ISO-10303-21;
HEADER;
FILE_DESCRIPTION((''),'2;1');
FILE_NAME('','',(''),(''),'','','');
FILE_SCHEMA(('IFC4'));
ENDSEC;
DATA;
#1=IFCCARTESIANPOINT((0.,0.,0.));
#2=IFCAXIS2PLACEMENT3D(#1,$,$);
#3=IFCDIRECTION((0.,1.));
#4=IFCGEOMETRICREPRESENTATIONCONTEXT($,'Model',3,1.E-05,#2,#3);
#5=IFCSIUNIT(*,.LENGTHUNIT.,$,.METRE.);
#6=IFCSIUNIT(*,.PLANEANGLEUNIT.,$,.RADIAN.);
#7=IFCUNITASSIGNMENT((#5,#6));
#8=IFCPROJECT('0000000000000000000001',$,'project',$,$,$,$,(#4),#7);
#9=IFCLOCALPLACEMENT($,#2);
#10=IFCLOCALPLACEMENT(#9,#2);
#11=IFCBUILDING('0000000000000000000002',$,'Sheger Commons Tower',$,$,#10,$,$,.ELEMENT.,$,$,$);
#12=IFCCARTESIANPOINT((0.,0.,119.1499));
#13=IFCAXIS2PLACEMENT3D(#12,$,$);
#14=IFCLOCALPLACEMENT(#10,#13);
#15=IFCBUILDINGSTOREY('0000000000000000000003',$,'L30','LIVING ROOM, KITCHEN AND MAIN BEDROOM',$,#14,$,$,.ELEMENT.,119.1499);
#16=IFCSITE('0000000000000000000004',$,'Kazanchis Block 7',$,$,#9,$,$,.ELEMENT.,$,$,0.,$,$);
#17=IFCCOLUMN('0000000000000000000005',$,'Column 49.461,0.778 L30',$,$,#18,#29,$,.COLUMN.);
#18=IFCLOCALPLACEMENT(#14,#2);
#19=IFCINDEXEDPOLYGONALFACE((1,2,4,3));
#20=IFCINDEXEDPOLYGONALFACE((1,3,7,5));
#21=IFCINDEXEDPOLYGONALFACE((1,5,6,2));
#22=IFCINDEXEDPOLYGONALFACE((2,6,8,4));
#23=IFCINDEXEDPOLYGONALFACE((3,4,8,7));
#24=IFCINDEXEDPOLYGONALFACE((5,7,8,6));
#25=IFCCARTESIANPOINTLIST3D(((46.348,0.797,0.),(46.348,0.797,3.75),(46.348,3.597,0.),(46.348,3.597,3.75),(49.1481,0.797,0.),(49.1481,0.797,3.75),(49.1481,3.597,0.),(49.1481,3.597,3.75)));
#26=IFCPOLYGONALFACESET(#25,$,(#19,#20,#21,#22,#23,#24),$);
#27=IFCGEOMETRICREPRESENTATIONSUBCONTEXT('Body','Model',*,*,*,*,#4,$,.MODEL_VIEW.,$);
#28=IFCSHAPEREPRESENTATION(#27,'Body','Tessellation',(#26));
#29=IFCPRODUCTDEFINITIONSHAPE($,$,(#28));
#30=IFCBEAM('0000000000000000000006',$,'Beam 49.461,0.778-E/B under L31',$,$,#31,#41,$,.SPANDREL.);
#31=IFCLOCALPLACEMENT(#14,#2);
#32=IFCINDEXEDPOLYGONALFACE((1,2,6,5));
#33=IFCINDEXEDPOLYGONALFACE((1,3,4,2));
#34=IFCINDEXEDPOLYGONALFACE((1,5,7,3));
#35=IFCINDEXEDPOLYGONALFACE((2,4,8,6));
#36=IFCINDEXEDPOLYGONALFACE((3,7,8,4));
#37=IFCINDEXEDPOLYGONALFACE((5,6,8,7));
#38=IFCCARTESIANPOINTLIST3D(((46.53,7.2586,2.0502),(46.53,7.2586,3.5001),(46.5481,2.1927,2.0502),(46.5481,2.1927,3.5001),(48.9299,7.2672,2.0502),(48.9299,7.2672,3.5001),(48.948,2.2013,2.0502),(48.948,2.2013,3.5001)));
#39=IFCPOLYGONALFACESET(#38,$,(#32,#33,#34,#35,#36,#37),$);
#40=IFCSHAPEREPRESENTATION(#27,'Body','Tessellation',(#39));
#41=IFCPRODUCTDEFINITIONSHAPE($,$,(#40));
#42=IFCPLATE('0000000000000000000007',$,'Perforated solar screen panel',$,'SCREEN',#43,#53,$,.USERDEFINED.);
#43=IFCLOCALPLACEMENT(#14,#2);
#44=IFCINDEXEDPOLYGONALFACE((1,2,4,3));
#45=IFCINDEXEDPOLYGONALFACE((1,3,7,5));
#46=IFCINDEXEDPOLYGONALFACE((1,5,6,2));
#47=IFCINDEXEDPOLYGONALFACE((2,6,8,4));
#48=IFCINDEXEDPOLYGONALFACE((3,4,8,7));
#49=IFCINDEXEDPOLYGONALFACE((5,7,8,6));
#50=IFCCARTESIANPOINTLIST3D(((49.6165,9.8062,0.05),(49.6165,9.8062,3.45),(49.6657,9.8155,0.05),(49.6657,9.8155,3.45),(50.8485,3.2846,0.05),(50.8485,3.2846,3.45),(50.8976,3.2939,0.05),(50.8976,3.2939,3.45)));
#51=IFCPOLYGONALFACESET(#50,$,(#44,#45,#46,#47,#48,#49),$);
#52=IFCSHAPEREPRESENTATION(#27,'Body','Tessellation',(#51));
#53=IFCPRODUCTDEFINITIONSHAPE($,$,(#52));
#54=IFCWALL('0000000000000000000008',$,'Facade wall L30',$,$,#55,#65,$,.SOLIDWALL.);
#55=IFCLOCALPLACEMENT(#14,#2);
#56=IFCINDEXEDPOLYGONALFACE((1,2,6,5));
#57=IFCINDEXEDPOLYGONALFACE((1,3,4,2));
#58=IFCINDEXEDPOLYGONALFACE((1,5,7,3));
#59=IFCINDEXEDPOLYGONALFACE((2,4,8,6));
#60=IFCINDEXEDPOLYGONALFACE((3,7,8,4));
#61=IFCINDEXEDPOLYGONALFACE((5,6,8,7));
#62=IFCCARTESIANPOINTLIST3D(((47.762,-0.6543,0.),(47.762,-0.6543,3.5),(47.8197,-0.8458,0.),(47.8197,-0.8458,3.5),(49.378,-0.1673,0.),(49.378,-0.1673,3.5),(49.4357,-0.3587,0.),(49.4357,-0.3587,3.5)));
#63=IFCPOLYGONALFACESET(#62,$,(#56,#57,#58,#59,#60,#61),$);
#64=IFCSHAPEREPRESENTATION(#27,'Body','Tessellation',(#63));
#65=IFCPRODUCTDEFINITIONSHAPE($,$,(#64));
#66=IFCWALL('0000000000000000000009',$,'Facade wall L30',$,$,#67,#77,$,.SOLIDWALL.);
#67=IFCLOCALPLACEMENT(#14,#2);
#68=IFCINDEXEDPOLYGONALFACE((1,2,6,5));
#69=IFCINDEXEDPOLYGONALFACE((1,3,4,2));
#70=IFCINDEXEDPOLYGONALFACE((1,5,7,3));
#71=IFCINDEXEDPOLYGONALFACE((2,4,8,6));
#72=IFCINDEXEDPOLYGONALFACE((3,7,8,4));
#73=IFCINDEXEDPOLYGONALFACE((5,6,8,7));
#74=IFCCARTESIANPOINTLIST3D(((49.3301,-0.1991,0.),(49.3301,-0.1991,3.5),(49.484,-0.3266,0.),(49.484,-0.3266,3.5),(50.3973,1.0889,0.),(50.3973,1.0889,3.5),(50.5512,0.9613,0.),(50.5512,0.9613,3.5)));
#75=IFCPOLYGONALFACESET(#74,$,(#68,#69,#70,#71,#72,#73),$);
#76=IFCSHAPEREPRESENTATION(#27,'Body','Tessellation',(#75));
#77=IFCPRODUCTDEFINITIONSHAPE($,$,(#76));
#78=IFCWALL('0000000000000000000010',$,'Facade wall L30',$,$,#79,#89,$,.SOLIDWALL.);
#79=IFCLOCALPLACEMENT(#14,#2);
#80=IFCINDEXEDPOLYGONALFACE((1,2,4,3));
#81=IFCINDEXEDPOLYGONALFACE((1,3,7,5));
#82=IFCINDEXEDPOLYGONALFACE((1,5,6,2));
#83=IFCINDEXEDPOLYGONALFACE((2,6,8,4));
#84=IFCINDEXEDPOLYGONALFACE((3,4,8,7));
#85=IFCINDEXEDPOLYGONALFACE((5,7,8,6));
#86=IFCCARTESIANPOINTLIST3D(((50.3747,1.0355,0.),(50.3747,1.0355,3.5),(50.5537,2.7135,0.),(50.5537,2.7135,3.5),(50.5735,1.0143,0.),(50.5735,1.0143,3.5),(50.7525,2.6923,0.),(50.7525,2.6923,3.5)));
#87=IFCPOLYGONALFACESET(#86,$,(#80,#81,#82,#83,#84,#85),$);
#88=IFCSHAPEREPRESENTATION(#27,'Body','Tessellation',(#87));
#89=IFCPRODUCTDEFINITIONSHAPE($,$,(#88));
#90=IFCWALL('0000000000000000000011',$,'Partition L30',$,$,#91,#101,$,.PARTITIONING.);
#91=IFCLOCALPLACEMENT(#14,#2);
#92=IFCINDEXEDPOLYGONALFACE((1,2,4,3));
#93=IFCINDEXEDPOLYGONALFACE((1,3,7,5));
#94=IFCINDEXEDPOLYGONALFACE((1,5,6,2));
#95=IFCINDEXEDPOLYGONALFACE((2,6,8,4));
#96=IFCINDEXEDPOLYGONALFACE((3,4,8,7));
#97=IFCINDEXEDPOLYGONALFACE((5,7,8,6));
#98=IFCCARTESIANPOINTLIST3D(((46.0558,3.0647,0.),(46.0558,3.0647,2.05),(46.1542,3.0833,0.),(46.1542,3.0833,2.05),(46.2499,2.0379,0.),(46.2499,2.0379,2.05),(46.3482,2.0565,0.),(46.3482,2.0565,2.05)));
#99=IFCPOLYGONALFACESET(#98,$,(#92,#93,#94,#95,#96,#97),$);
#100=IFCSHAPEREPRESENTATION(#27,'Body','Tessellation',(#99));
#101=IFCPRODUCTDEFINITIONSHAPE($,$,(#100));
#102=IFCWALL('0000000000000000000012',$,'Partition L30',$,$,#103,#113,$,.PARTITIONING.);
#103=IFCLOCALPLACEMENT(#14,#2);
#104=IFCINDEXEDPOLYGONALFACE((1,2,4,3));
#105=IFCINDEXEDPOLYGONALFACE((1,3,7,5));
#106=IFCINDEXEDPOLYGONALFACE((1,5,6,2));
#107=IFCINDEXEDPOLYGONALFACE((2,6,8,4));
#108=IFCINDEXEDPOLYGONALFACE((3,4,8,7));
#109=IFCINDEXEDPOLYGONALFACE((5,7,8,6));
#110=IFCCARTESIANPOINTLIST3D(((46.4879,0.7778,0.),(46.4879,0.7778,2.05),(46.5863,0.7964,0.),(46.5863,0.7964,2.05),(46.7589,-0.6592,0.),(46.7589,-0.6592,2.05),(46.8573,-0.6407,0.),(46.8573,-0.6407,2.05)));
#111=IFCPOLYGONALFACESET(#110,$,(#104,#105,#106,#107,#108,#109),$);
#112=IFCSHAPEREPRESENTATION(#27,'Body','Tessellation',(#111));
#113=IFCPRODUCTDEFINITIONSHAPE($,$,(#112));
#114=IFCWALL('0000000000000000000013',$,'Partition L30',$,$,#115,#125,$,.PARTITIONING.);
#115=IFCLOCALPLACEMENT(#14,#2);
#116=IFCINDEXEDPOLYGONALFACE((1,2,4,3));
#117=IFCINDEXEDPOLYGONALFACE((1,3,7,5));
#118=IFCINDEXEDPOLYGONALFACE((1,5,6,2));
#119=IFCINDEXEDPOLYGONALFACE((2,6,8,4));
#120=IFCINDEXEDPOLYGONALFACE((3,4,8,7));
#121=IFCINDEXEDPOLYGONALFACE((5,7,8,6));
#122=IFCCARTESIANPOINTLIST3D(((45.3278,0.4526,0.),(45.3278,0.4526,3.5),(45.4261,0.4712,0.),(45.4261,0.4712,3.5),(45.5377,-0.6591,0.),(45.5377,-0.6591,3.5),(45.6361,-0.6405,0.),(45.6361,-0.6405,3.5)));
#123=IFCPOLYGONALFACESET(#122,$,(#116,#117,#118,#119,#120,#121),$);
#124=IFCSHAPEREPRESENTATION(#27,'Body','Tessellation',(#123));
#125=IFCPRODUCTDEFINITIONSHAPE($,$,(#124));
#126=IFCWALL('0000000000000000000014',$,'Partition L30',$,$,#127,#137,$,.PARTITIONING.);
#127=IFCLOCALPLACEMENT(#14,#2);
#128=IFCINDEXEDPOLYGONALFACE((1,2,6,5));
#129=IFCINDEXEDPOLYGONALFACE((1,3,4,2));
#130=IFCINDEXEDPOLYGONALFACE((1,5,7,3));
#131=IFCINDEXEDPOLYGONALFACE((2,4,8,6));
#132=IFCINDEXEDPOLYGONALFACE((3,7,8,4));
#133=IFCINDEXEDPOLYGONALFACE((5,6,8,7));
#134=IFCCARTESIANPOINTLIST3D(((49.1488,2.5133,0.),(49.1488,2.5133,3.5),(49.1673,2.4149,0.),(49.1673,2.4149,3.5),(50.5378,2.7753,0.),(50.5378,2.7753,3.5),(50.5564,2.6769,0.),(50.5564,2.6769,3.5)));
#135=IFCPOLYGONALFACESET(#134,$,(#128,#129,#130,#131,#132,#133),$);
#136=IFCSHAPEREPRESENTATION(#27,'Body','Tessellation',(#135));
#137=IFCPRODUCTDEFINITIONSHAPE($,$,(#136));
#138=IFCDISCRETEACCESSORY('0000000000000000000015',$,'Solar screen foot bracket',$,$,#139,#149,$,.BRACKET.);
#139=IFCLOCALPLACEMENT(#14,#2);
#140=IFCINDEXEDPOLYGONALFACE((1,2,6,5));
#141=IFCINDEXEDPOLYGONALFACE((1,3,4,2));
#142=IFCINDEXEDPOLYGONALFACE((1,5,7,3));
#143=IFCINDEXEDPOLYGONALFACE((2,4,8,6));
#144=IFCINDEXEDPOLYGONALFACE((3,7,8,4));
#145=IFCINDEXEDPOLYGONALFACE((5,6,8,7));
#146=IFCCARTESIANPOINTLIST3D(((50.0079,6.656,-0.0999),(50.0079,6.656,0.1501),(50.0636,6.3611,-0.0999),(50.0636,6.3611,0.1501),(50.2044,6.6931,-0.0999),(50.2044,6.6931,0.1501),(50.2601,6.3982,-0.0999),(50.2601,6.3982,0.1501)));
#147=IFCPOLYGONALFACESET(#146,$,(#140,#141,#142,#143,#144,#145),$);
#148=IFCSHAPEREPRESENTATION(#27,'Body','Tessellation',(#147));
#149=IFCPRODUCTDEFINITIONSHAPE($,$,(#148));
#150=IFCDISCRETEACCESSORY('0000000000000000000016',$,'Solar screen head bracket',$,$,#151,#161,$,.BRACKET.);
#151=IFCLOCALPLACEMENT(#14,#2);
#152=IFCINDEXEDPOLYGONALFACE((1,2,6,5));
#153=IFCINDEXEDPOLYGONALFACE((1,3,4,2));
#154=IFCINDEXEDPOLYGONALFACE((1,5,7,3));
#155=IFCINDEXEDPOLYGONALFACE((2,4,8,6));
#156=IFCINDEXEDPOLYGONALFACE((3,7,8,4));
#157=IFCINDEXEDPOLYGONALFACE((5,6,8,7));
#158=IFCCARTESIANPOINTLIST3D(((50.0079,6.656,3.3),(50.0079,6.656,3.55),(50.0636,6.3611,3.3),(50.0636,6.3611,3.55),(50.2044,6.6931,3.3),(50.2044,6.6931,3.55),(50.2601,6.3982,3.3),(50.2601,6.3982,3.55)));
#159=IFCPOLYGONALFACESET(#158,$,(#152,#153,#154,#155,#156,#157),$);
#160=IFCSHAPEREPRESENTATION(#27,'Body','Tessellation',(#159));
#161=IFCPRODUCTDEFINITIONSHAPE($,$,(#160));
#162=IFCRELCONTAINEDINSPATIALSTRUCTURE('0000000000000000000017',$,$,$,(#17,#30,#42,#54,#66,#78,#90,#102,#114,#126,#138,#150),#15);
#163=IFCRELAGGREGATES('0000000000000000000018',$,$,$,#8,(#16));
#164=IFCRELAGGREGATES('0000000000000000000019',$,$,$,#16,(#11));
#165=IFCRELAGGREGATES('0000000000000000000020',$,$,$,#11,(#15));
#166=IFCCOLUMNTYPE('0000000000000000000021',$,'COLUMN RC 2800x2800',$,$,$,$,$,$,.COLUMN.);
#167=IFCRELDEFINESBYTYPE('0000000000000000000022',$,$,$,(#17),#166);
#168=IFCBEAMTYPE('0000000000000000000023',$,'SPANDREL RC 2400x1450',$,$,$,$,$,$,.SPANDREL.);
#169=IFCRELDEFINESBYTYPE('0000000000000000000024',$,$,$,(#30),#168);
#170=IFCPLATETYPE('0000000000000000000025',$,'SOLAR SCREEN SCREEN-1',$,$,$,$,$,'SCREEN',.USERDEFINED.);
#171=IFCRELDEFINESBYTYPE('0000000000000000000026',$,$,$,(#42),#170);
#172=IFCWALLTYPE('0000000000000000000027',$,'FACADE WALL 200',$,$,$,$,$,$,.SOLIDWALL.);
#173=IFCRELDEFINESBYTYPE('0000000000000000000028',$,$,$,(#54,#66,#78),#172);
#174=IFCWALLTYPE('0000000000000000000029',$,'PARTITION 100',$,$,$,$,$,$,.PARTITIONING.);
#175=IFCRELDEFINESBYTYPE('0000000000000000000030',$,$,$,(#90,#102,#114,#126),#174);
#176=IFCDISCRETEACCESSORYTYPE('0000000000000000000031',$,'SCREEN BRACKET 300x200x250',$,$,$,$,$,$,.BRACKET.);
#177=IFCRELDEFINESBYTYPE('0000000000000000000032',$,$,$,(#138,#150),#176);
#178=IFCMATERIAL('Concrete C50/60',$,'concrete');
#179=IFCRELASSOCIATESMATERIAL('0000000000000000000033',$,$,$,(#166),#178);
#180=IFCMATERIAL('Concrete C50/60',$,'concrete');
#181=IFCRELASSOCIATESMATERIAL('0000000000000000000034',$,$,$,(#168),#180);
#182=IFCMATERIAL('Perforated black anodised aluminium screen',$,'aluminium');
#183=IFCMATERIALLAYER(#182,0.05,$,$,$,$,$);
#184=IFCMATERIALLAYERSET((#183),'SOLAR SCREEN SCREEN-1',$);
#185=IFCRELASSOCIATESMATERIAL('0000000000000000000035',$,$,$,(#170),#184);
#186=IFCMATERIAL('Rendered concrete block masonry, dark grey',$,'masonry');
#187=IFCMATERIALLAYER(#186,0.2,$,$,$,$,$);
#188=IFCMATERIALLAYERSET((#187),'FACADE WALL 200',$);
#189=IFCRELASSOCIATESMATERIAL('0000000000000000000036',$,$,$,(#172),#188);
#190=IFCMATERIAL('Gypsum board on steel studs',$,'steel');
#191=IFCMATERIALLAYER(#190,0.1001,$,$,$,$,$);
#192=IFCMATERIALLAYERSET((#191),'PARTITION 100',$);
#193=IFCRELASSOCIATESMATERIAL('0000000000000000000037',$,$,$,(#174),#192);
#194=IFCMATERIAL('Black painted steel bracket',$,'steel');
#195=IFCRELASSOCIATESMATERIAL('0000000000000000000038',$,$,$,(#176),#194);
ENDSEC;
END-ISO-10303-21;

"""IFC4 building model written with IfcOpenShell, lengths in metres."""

from ifc_helpers import new_model, si_unit, direction, frame, frame_2d, origin, origin_2d, place, context, subcontext, project, spatial, rectangle, extrude, material, layer, layer_set, material_profile, profile_set, type_object, element, save


model = new_model("IFC4")

# Units and contexts
model_context = context("Model", 3, precision=1e-05, world=origin(), true_north=direction((0.0, 1.0)))
body_context = subcontext(model_context, "Body", "Model", "MODEL_VIEW")
ifc_project = project(units=[si_unit("LENGTHUNIT", "METRE"), si_unit("PLANEANGLEUNIT", "RADIAN")], contexts=[model_context])

# Site, building, storey
site_placement = place(None, origin())
site = spatial("IfcSite", under=ifc_project, at=site_placement, Name="Kazanchis Block 7", CompositionType="ELEMENT", RefElevation=0.0)
building_placement = place(site_placement, origin())
building = spatial("IfcBuilding", under=site, at=building_placement, Name="Sheger Commons Tower", CompositionType="ELEMENT")
storey_placement = place(building_placement, frame((0.0, 0.0, 119.1499)))
storey = spatial("IfcBuildingStorey", under=building, at=storey_placement, Name="L30", Description="LIVING ROOM, KITCHEN AND MAIN BEDROOM", CompositionType="ELEMENT", Elevation=119.1499)

# Column
ifc_material_1 = material(Name="Concrete C50/60", Category="concrete")
ifc_material_profile_1 = material_profile(ifc_material_1, rectangle(XDim=2.8, YDim=2.8, at=origin_2d()), Name="RC 2800x2800")
ifc_profile_set_1 = profile_set([ifc_material_profile_1], Name="Concrete C50/60")
column_type = type_object("IfcColumnType", Name="COLUMN RC 2800x2800", PredefinedType="COLUMN", material=ifc_profile_set_1)
column_placement = place(storey_placement, frame((47.748, 2.197, 0.0), z_axis=(0.0, 0.0, 1.0), x_axis=(1.0, 0.0, 0.0)))
element("IfcColumn", 1, at=column_placement, inside=storey, type_object=column_type, Name="Column 49.461,0.778 L30", PredefinedType="COLUMN", context=body_context, shape_type="SweptSolid", body=[
    extrude(rectangle(XDim=2.8, YDim=2.8, at=origin_2d()), origin(), (0.0, 0.0, 1.0), 3.75),
])

# Beam
ifc_material_2 = material(Name="Concrete C50/60", Category="concrete")
ifc_material_profile_2 = material_profile(ifc_material_2, rectangle(XDim=2.3999, YDim=1.45, at=origin_2d()), Name="RC 2400x1450")
ifc_profile_set_2 = profile_set([ifc_material_profile_2], Name="Concrete C50/60")
beam_type = type_object("IfcBeamType", Name="SPANDREL RC 2400x1450", PredefinedType="SPANDREL", material=ifc_profile_set_2)
beam_placement = place(storey_placement, frame((47.748, 2.197, 2.7751), z_axis=(-0.003566, 0.999994, 0.0), x_axis=(-0.999994, -0.003566, 0.0)))
element("IfcBeam", 2, at=beam_placement, inside=storey, type_object=beam_type, Name="Beam 49.461,0.778-E/B under L31", PredefinedType="SPANDREL", context=body_context, shape_type="SweptSolid", body=[
    extrude(rectangle(XDim=2.3999, YDim=1.45, at=origin_2d()), origin(), (0.0, 0.0, 1.0), 5.0659),
])

# Plate
ifc_material_3 = material(Name="Perforated black anodised aluminium screen", Category="aluminium")
ifc_layer_1 = layer(ifc_material_3, 0.05)
ifc_layer_set_1 = layer_set([ifc_layer_1], Name="SOLAR SCREEN SCREEN-1")
plate_type = type_object("IfcPlateType", Name="SOLAR SCREEN SCREEN-1", ElementType="SCREEN", PredefinedType="USERDEFINED", material=ifc_layer_set_1)
plate_placement = place(storey_placement, frame((50.2571, 6.55, 0.05), z_axis=(0.0, 0.0, 1.0), x_axis=(-0.185615, 0.982623, 0.0)))
element("IfcPlate", 3, at=plate_placement, inside=storey, type_object=plate_type, Name="Perforated solar screen panel", ObjectType="SCREEN", PredefinedType="USERDEFINED", context=body_context, shape_type="SweptSolid", body=[
    extrude(rectangle(XDim=6.637, YDim=0.05, at=origin_2d()), origin(), (0.0, 0.0, 1.0), 3.3999),
])

# Walls
ifc_material_4 = material(Name="Rendered concrete block masonry, dark grey", Category="masonry")
ifc_layer_2 = layer(ifc_material_4, 0.2)
ifc_layer_set_2 = layer_set([ifc_layer_2], Name="FACADE WALL 200")
wall_type_1 = type_object("IfcWallType", Name="FACADE WALL 200", PredefinedType="SOLIDWALL", material=ifc_layer_set_2)
wall_1_placement = place(storey_placement, frame((47.791, -0.75, 0.0), z_axis=(0.0, 0.0, 1.0), x_axis=(0.957455, 0.288582, 0.0)))
element("IfcWall", 4, at=wall_1_placement, inside=storey, type_object=wall_type_1, Name="Facade wall L30", PredefinedType="SOLIDWALL", context=body_context, shape_type="SweptSolid", body=[
    extrude(rectangle(XDim=1.6877, YDim=0.2, at=frame_2d((0.8438, 0.0))), origin(), (0.0, 0.0, 1.0), 3.5),
])
wall_2_placement = place(storey_placement, frame((49.407, -0.2629, 0.0), z_axis=(0.0, 0.0, 1.0), x_axis=(0.638043, 0.770001, 0.0)))
element("IfcWall", 5, at=wall_2_placement, inside=storey, type_object=wall_type_1, Name="Facade wall L30", PredefinedType="SOLIDWALL", context=body_context, shape_type="SweptSolid", body=[
    extrude(rectangle(XDim=1.6726, YDim=0.2, at=frame_2d((0.8364, 0.0))), origin(), (0.0, 0.0, 1.0), 3.5),
])
wall_3_placement = place(storey_placement, frame((50.4741, 1.0249, 0.0), z_axis=(0.0, 0.0, 1.0), x_axis=(0.106048, 0.994361, 0.0)))
element("IfcWall", 6, at=wall_3_placement, inside=storey, type_object=wall_type_1, Name="Facade wall L30", PredefinedType="SOLIDWALL", context=body_context, shape_type="SweptSolid", body=[
    extrude(rectangle(XDim=1.6875, YDim=0.2, at=frame_2d((0.8438, 0.0))), origin(), (0.0, 0.0, 1.0), 3.5),
])

# Walls
ifc_material_5 = material(Name="Gypsum board on steel studs", Category="steel")
ifc_layer_3 = layer(ifc_material_5, 0.1001)
ifc_layer_set_3 = layer_set([ifc_layer_3], Name="PARTITION 100")
wall_type_2 = type_object("IfcWallType", Name="PARTITION 100", PredefinedType="PARTITIONING", material=ifc_layer_set_3)
wall_4_placement = place(storey_placement, frame((46.105, 3.074, 0.0), z_axis=(0.0, 0.0, 1.0), x_axis=(0.185727, -0.982601, 0.0)))
element("IfcWall", 7, at=wall_4_placement, inside=storey, type_object=wall_type_2, Name="Partition L30", PredefinedType="PARTITIONING", context=body_context, shape_type="SweptSolid", body=[
    extrude(rectangle(XDim=1.0449, YDim=0.1001, at=frame_2d((0.5225, 0.0))), origin(), (0.0, 0.0, 1.0), 2.05),
])
wall_5_placement = place(storey_placement, frame((46.5371, 0.7871, 0.0), z_axis=(0.0, 0.0, 1.0), x_axis=(0.185317, -0.982679, 0.0)))
element("IfcWall", 8, at=wall_5_placement, inside=storey, type_object=wall_type_2, Name="Partition L30", PredefinedType="PARTITIONING", context=body_context, shape_type="SweptSolid", body=[
    extrude(rectangle(XDim=1.4624, YDim=0.1001, at=frame_2d((0.7312, 0.0))), origin(), (0.0, 0.0, 1.0), 2.05),
])
wall_6_placement = place(storey_placement, frame((45.377, 0.4619, 0.0), z_axis=(0.0, 0.0, 1.0), x_axis=(0.185565, -0.982632, 0.0)))
element("IfcWall", 9, at=wall_6_placement, inside=storey, type_object=wall_type_2, Name="Partition L30", PredefinedType="PARTITIONING", context=body_context, shape_type="SweptSolid", body=[
    extrude(rectangle(XDim=1.1313, YDim=0.1001, at=frame_2d((0.5657, 0.0))), origin(), (0.0, 0.0, 1.0), 3.5),
])
wall_7_placement = place(storey_placement, frame((50.5471, 2.7261, 0.0), z_axis=(0.0, 0.0, 1.0), x_axis=(-0.98268, -0.18531, 0.0)))
element("IfcWall", 10, at=wall_7_placement, inside=storey, type_object=wall_type_2, Name="Partition L30", PredefinedType="PARTITIONING", context=body_context, shape_type="SweptSolid", body=[
    extrude(rectangle(XDim=1.4136, YDim=0.1001, at=frame_2d((0.7068, 0.0))), origin(), (0.0, 0.0, 1.0), 3.5),
])

# Discrete accessories
ifc_material_6 = material(Name="Black painted steel bracket", Category="steel")
discrete_accessory_type = type_object("IfcDiscreteAccessoryType", Name="SCREEN BRACKET 300x200x250", PredefinedType="BRACKET", material=ifc_material_6)
for number, where, z_axis, x_axis, name in (
    (11, (50.134, 6.5271, -0.0999), (0.0, 0.0, 1.0), (-0.185615, 0.982623, 0.0), "Solar screen foot bracket"),
    (12, (50.134, 6.5271, 3.3), (0.0, 0.0, 1.0), (-0.185615, 0.982623, 0.0), "Solar screen head bracket"),
):
    element("IfcDiscreteAccessory", number, at=place(storey_placement, frame(where, z_axis=z_axis, x_axis=x_axis)), inside=storey, type_object=discrete_accessory_type, Name=name, PredefinedType="BRACKET", context=body_context, shape_type="SweptSolid", body=[
        extrude(rectangle(XDim=0.3, YDim=0.2, at=origin_2d()), origin(), (0.0, 0.0, 1.0), 0.25),
    ])

save(model, "model.ifc")
